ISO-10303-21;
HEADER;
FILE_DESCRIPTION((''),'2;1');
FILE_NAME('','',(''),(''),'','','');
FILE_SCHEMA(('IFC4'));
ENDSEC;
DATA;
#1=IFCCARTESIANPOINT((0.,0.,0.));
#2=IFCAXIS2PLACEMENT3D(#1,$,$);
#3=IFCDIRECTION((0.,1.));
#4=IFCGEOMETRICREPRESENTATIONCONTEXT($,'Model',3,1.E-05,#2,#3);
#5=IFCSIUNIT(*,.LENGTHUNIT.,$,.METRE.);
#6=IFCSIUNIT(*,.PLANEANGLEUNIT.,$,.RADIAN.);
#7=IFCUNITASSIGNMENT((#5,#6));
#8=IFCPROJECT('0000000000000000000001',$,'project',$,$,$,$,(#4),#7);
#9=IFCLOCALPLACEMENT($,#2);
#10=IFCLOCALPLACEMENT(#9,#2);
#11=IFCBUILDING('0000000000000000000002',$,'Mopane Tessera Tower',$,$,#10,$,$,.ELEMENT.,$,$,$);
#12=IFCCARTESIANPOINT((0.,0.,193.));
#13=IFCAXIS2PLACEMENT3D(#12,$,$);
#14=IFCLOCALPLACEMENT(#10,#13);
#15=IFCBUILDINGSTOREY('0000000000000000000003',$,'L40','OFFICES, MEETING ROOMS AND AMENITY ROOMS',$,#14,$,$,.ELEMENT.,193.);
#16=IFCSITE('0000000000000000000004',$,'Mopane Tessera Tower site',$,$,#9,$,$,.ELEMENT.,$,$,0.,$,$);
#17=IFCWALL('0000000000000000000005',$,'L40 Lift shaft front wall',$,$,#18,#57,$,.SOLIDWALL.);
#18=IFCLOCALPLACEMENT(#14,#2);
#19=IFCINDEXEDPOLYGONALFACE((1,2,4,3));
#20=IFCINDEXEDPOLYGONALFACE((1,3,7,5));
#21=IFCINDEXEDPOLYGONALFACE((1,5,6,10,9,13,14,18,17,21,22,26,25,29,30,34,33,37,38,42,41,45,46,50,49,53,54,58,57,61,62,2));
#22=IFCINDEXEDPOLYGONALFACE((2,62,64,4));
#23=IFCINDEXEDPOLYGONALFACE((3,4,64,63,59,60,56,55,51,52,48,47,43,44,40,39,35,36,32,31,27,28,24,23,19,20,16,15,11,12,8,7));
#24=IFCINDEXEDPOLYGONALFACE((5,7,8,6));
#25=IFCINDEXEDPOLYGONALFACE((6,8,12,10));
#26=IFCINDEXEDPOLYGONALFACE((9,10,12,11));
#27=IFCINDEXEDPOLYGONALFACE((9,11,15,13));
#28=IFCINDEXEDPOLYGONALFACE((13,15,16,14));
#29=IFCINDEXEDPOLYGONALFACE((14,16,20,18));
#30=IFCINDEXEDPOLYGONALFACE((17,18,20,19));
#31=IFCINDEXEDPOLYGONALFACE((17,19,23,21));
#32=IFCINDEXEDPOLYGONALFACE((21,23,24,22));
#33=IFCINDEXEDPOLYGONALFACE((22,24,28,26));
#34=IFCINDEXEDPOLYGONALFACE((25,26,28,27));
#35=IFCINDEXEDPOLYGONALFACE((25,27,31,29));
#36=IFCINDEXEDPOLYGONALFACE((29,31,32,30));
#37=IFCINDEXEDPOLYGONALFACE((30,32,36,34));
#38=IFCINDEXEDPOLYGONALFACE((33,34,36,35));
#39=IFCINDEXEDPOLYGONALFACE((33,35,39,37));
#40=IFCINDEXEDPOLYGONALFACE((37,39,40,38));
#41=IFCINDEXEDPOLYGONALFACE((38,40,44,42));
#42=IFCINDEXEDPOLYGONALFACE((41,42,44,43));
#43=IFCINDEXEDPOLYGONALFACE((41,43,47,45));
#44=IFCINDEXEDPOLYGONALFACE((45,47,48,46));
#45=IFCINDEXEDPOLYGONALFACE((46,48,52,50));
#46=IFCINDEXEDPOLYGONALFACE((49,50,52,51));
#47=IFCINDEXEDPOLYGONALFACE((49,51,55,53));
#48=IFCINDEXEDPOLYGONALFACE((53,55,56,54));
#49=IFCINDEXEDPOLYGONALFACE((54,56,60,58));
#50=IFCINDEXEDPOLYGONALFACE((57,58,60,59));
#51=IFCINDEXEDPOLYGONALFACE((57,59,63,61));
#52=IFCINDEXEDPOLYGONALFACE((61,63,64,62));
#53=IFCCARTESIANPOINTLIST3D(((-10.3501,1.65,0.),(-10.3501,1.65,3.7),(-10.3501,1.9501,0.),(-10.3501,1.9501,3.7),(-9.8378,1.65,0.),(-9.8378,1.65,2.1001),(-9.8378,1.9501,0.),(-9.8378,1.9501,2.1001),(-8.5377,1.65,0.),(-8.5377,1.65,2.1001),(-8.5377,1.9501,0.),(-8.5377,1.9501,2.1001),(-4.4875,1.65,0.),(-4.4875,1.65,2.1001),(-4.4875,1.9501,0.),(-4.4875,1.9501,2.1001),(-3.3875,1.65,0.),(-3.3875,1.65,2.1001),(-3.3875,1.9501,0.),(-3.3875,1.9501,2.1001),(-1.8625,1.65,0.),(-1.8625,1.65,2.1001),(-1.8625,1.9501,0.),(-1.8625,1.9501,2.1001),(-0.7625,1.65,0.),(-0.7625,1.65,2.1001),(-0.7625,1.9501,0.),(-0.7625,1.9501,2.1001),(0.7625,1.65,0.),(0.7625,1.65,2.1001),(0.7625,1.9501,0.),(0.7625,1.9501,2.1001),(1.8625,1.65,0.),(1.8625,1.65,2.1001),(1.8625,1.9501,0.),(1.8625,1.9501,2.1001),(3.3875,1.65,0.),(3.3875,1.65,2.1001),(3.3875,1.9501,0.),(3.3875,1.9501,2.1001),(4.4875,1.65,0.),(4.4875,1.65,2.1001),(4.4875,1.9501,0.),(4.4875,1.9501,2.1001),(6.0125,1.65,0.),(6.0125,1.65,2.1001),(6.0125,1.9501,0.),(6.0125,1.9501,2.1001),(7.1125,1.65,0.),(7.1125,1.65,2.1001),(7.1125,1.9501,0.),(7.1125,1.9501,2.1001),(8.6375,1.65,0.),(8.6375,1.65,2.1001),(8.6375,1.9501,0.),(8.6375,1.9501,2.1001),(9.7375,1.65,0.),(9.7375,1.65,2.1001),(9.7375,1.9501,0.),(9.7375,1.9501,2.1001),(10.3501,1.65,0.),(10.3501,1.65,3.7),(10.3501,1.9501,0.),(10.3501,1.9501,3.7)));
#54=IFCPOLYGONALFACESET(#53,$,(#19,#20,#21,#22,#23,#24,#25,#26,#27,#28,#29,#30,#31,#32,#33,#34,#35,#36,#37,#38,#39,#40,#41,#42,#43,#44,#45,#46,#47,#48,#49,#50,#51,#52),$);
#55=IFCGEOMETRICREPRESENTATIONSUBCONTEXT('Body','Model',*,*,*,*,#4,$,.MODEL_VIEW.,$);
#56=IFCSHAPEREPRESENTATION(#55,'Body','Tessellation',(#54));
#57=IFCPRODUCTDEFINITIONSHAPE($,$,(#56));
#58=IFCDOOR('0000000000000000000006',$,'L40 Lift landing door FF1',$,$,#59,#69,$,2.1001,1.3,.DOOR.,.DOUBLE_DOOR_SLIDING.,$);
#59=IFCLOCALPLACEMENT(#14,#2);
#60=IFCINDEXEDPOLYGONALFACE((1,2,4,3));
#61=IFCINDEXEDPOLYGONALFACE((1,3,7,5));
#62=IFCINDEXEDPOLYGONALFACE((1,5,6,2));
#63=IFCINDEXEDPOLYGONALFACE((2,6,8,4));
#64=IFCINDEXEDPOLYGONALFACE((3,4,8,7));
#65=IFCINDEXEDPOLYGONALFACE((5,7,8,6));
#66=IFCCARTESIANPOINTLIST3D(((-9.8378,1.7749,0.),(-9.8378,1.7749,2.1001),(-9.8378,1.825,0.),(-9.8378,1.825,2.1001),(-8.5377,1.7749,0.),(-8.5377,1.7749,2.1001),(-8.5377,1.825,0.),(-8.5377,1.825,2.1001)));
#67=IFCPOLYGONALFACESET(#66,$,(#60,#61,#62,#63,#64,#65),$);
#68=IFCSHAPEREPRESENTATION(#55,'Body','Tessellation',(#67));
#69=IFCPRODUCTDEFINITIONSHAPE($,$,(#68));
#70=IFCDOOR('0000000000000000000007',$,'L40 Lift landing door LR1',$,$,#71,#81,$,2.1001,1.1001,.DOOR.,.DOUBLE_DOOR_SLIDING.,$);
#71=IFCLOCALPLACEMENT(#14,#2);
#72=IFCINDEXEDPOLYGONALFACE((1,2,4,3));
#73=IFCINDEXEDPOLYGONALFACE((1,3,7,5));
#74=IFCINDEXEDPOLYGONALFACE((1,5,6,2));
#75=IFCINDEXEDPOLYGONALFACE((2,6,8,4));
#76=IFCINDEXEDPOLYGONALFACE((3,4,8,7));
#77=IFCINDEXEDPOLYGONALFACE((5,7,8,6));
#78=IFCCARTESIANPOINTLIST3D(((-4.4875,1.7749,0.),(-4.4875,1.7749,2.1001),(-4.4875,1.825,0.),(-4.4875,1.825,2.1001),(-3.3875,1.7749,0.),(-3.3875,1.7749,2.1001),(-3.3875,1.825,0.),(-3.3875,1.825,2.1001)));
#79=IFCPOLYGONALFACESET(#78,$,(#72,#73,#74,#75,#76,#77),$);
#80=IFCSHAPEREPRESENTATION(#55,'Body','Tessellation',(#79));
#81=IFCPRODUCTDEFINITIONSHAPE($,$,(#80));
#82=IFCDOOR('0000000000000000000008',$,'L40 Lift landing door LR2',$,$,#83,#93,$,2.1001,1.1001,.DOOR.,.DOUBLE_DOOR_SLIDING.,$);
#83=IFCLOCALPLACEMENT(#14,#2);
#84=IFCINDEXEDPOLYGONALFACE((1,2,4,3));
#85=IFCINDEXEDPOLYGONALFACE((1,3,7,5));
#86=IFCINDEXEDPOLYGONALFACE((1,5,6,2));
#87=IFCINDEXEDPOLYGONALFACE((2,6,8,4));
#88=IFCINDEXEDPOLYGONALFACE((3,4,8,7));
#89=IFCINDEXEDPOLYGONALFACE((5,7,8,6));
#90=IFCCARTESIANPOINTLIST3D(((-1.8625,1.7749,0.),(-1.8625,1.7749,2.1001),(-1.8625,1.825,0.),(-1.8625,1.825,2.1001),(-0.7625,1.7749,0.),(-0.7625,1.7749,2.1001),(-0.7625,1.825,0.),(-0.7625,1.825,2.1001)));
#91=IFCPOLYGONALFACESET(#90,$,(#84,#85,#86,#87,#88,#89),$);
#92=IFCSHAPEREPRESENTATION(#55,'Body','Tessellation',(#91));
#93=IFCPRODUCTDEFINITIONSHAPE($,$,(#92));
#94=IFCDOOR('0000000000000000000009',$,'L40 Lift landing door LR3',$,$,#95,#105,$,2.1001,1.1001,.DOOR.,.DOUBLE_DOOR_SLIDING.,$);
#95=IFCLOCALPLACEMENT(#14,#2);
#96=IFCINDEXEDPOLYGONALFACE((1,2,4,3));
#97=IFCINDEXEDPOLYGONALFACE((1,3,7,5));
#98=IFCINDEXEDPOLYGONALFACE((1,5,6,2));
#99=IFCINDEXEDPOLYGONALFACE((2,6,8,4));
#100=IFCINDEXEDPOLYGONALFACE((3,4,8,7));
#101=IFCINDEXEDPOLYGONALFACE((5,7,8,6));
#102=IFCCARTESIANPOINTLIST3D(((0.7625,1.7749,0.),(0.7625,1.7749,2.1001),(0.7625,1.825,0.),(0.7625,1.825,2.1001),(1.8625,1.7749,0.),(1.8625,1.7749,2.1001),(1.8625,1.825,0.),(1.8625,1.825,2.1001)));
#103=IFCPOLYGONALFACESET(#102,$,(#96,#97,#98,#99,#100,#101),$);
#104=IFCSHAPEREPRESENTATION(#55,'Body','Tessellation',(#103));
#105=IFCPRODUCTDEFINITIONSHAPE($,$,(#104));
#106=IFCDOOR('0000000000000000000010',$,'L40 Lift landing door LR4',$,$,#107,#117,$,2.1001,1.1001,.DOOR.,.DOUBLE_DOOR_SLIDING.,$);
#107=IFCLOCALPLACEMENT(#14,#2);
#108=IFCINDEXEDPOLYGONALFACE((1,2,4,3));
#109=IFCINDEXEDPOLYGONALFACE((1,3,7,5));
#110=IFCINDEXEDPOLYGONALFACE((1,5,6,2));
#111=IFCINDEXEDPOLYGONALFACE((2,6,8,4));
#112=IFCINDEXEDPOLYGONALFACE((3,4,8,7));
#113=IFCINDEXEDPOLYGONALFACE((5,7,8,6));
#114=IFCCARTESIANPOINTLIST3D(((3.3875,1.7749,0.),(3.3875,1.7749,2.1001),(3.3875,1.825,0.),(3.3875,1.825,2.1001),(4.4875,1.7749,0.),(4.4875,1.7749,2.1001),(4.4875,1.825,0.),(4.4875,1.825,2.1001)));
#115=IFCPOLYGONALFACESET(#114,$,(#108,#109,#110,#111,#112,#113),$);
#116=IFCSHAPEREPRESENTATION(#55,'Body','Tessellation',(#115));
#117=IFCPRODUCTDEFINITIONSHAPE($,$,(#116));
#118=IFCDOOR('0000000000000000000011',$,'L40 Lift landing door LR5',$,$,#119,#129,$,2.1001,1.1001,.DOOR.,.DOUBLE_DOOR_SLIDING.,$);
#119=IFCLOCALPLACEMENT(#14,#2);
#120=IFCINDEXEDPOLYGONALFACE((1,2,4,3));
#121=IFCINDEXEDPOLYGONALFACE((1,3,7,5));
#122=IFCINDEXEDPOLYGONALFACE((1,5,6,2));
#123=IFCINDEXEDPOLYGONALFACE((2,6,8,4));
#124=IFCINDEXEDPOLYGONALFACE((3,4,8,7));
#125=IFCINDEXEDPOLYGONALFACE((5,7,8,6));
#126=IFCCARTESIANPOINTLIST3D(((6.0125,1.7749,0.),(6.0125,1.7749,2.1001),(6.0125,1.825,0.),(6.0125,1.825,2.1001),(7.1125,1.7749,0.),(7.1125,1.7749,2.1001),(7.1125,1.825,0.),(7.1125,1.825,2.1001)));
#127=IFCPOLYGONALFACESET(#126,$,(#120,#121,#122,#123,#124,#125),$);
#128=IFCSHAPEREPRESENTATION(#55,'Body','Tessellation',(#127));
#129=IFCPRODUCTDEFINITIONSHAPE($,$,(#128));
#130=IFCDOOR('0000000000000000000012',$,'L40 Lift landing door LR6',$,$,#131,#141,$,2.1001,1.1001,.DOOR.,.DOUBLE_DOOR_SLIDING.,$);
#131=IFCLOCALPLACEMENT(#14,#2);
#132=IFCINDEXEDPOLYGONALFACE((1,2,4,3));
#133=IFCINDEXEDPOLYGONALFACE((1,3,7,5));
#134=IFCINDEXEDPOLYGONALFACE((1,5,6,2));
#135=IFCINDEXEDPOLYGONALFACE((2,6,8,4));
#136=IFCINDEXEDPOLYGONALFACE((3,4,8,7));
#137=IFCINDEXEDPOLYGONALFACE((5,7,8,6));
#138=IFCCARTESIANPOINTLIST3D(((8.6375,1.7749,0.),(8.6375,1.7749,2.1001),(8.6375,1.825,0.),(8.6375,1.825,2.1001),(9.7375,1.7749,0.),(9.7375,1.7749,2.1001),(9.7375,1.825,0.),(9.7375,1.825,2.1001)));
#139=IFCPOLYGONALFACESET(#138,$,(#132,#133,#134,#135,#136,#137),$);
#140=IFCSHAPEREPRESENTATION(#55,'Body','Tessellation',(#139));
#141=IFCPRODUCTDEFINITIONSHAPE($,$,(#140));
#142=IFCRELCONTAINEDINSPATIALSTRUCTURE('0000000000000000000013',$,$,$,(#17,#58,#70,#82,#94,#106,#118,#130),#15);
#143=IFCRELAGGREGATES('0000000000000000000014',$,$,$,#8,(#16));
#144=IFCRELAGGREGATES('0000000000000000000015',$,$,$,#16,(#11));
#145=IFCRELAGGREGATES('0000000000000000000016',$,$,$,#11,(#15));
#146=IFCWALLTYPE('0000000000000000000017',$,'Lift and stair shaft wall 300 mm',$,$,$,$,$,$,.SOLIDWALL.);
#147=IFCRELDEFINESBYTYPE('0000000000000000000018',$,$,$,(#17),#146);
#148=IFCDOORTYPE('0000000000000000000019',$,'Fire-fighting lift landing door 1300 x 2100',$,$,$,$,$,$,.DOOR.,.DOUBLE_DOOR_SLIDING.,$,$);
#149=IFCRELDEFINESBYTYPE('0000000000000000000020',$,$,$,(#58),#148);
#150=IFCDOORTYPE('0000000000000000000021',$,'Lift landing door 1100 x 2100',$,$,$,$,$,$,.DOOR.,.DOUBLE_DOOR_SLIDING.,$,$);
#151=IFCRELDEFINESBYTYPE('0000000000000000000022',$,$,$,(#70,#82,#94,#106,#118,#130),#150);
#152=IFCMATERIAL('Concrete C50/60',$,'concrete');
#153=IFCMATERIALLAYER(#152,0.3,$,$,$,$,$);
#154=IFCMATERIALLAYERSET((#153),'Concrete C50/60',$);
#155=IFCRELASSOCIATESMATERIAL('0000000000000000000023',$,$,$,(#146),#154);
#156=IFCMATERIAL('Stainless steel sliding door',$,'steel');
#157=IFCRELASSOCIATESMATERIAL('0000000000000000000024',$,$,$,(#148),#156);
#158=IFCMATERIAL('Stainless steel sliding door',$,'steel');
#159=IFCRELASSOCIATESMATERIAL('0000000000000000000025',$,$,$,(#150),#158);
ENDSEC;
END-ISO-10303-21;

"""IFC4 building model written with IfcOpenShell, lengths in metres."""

from ifc_helpers import new_model, si_unit, direction, frame, frame_2d, origin, place, context, subcontext, project, spatial, rectangle, extrude, material, layer, layer_set, type_object, element, fill, save


model = new_model("IFC4")

# Units and contexts
model_context = context("Model", 3, precision=1e-05, world=origin(), true_north=direction((0.0, 1.0)))
body_context = subcontext(model_context, "Body", "Model", "MODEL_VIEW")
ifc_project = project(units=[si_unit("LENGTHUNIT", "METRE"), si_unit("PLANEANGLEUNIT", "RADIAN")], contexts=[model_context])

# Site, building, storey
site_placement = place(None, origin())
site = spatial("IfcSite", under=ifc_project, at=site_placement, Name="Mopane Tessera Tower site", CompositionType="ELEMENT", RefElevation=0.0)
building_placement = place(site_placement, origin())
building = spatial("IfcBuilding", under=site, at=building_placement, Name="Mopane Tessera Tower", CompositionType="ELEMENT")
storey_placement = place(building_placement, frame((0.0, 0.0, 193.0)))
storey = spatial("IfcBuildingStorey", under=building, at=storey_placement, Name="L40", Description="OFFICES, MEETING ROOMS AND AMENITY ROOMS", CompositionType="ELEMENT", Elevation=193.0)

# Shared definitions
ifc_material_1 = material(Name="Concrete C50/60", Category="concrete")
ifc_layer_1 = layer(ifc_material_1, 0.3)
ifc_layer_set_1 = layer_set([ifc_layer_1], Name="Concrete C50/60")
wall_type_1 = type_object("IfcWallType", Name="Lift and stair shaft wall 300 mm", PredefinedType="SOLIDWALL", material=ifc_layer_set_1)

# Wall, openings, doors
wall_1_placement = place(storey_placement, frame((-10.3501, 1.8, 0.0), z_axis=(0.0, 0.0, 1.0), x_axis=(1.0, 0.0, 0.0)))
wall_1 = element("IfcWall", 1, at=wall_1_placement, inside=storey, type_object=wall_type_1, Name="L40 Lift shaft front wall", PredefinedType="SOLIDWALL", context=body_context, shape_type="SweptSolid", body=[
    extrude(rectangle(XDim=20.7002, YDim=0.3, at=frame_2d((10.3501, 0.0))), origin(), (0.0, 0.0, 1.0), 3.7),
])
opening_1_placement = place(wall_1_placement, frame((0.5125, 0.0, 0.0)))
opening_1 = element("IfcOpeningElement", 2, at=opening_1_placement, cuts=wall_1, PredefinedType="OPENING", context=body_context, shape_type="SweptSolid", body=[
    extrude(rectangle(XDim=1.3, YDim=2.1001, at=frame_2d((0.6499, 1.05))), frame((0.0, 0.1621, 0.0), z_axis=(0.0, -1.0, 0.0), x_axis=(1.0, 0.0, 0.0)), (0.0, 0.0, 1.0), 0.324),
])
opening_2_placement = place(wall_1_placement, frame((5.8625, 0.0, 0.0)))
opening_2 = element("IfcOpeningElement", 3, at=opening_2_placement, cuts=wall_1, PredefinedType="OPENING", context=body_context, shape_type="SweptSolid", body=[
    extrude(rectangle(XDim=1.1001, YDim=2.1001, at=frame_2d((0.55, 1.05))), frame((0.0, 0.1621, 0.0), z_axis=(0.0, -1.0, 0.0), x_axis=(1.0, 0.0, 0.0)), (0.0, 0.0, 1.0), 0.324),
])
opening_3_placement = place(wall_1_placement, frame((8.4875, 0.0, 0.0)))
opening_3 = element("IfcOpeningElement", 4, at=opening_3_placement, cuts=wall_1, PredefinedType="OPENING", context=body_context, shape_type="SweptSolid", body=[
    extrude(rectangle(XDim=1.1001, YDim=2.1001, at=frame_2d((0.55, 1.05))), frame((0.0, 0.1621, 0.0), z_axis=(0.0, -1.0, 0.0), x_axis=(1.0, 0.0, 0.0)), (0.0, 0.0, 1.0), 0.324),
])
opening_4_placement = place(wall_1_placement, frame((11.1125, 0.0, 0.0)))
opening_4 = element("IfcOpeningElement", 5, at=opening_4_placement, cuts=wall_1, PredefinedType="OPENING", context=body_context, shape_type="SweptSolid", body=[
    extrude(rectangle(XDim=1.1001, YDim=2.1001, at=frame_2d((0.55, 1.05))), frame((0.0, 0.1621, 0.0), z_axis=(0.0, -1.0, 0.0), x_axis=(1.0, 0.0, 0.0)), (0.0, 0.0, 1.0), 0.324),
])
opening_5_placement = place(wall_1_placement, frame((13.7375, 0.0, 0.0)))
opening_5 = element("IfcOpeningElement", 6, at=opening_5_placement, cuts=wall_1, PredefinedType="OPENING", context=body_context, shape_type="SweptSolid", body=[
    extrude(rectangle(XDim=1.1001, YDim=2.1001, at=frame_2d((0.55, 1.05))), frame((0.0, 0.1621, 0.0), z_axis=(0.0, -1.0, 0.0), x_axis=(1.0, 0.0, 0.0)), (0.0, 0.0, 1.0), 0.324),
])
opening_6_placement = place(wall_1_placement, frame((16.3625, 0.0, 0.0)))
opening_6 = element("IfcOpeningElement", 7, at=opening_6_placement, cuts=wall_1, PredefinedType="OPENING", context=body_context, shape_type="SweptSolid", body=[
    extrude(rectangle(XDim=1.1001, YDim=2.1001, at=frame_2d((0.55, 1.05))), frame((0.0, 0.1621, 0.0), z_axis=(0.0, -1.0, 0.0), x_axis=(1.0, 0.0, 0.0)), (0.0, 0.0, 1.0), 0.324),
])
opening_7_placement = place(wall_1_placement, frame((18.9875, 0.0, 0.0)))
opening_7 = element("IfcOpeningElement", 8, at=opening_7_placement, cuts=wall_1, PredefinedType="OPENING", context=body_context, shape_type="SweptSolid", body=[
    extrude(rectangle(XDim=1.1001, YDim=2.1001, at=frame_2d((0.55, 1.05))), frame((0.0, 0.1621, 0.0), z_axis=(0.0, -1.0, 0.0), x_axis=(1.0, 0.0, 0.0)), (0.0, 0.0, 1.0), 0.324),
])
ifc_material_2 = material(Name="Stainless steel sliding door", Category="steel")
door_type_1 = type_object("IfcDoorType", Name="Fire-fighting lift landing door 1300 x 2100", OperationType="DOUBLE_DOOR_SLIDING", PredefinedType="DOOR", material=ifc_material_2)
door_1_placement = place(opening_1_placement, origin())
door_1 = element("IfcDoor", 9, at=door_1_placement, inside=storey, type_object=door_type_1, Name="L40 Lift landing door FF1", OperationType="DOUBLE_DOOR_SLIDING", OverallHeight=2.1001, OverallWidth=1.3, PredefinedType="DOOR", context=body_context, shape_type="SweptSolid", body=[
    extrude(rectangle(XDim=1.3, YDim=2.1001, at=frame_2d((0.6499, 1.05))), frame((0.0, 0.0249, 0.0), z_axis=(0.0, -1.0, 0.0), x_axis=(1.0, 0.0, 0.0)), (0.0, 0.0, 1.0), 0.05),
])
fill(opening_1, door_1)
ifc_material_3 = material(Name="Stainless steel sliding door", Category="steel")
door_type_2 = type_object("IfcDoorType", Name="Lift landing door 1100 x 2100", OperationType="DOUBLE_DOOR_SLIDING", PredefinedType="DOOR", material=ifc_material_3)
door_2_placement = place(opening_2_placement, origin())
door_2 = element("IfcDoor", 10, at=door_2_placement, inside=storey, type_object=door_type_2, Name="L40 Lift landing door LR1", OperationType="DOUBLE_DOOR_SLIDING", OverallHeight=2.1001, OverallWidth=1.1001, PredefinedType="DOOR", context=body_context, shape_type="SweptSolid", body=[
    extrude(rectangle(XDim=1.1001, YDim=2.1001, at=frame_2d((0.55, 1.05))), frame((0.0, 0.0249, 0.0), z_axis=(0.0, -1.0, 0.0), x_axis=(1.0, 0.0, 0.0)), (0.0, 0.0, 1.0), 0.05),
])
fill(opening_2, door_2)
door_3_placement = place(opening_3_placement, origin())
door_3 = element("IfcDoor", 11, at=door_3_placement, inside=storey, type_object=door_type_2, Name="L40 Lift landing door LR2", OperationType="DOUBLE_DOOR_SLIDING", OverallHeight=2.1001, OverallWidth=1.1001, PredefinedType="DOOR", context=body_context, shape_type="SweptSolid", body=[
    extrude(rectangle(XDim=1.1001, YDim=2.1001, at=frame_2d((0.55, 1.05))), frame((0.0, 0.0249, 0.0), z_axis=(0.0, -1.0, 0.0), x_axis=(1.0, 0.0, 0.0)), (0.0, 0.0, 1.0), 0.05),
])
fill(opening_3, door_3)
door_4_placement = place(opening_4_placement, origin())
door_4 = element("IfcDoor", 12, at=door_4_placement, inside=storey, type_object=door_type_2, Name="L40 Lift landing door LR3", OperationType="DOUBLE_DOOR_SLIDING", OverallHeight=2.1001, OverallWidth=1.1001, PredefinedType="DOOR", context=body_context, shape_type="SweptSolid", body=[
    extrude(rectangle(XDim=1.1001, YDim=2.1001, at=frame_2d((0.55, 1.05))), frame((0.0, 0.0249, 0.0), z_axis=(0.0, -1.0, 0.0), x_axis=(1.0, 0.0, 0.0)), (0.0, 0.0, 1.0), 0.05),
])
fill(opening_4, door_4)
door_5_placement = place(opening_5_placement, origin())
door_5 = element("IfcDoor", 13, at=door_5_placement, inside=storey, type_object=door_type_2, Name="L40 Lift landing door LR4", OperationType="DOUBLE_DOOR_SLIDING", OverallHeight=2.1001, OverallWidth=1.1001, PredefinedType="DOOR", context=body_context, shape_type="SweptSolid", body=[
    extrude(rectangle(XDim=1.1001, YDim=2.1001, at=frame_2d((0.55, 1.05))), frame((0.0, 0.0249, 0.0), z_axis=(0.0, -1.0, 0.0), x_axis=(1.0, 0.0, 0.0)), (0.0, 0.0, 1.0), 0.05),
])
fill(opening_5, door_5)
door_6_placement = place(opening_6_placement, origin())
door_6 = element("IfcDoor", 14, at=door_6_placement, inside=storey, type_object=door_type_2, Name="L40 Lift landing door LR5", OperationType="DOUBLE_DOOR_SLIDING", OverallHeight=2.1001, OverallWidth=1.1001, PredefinedType="DOOR", context=body_context, shape_type="SweptSolid", body=[
    extrude(rectangle(XDim=1.1001, YDim=2.1001, at=frame_2d((0.55, 1.05))), frame((0.0, 0.0249, 0.0), z_axis=(0.0, -1.0, 0.0), x_axis=(1.0, 0.0, 0.0)), (0.0, 0.0, 1.0), 0.05),
])
fill(opening_6, door_6)
door_7_placement = place(opening_7_placement, origin())
door_7 = element("IfcDoor", 15, at=door_7_placement, inside=storey, type_object=door_type_2, Name="L40 Lift landing door LR6", OperationType="DOUBLE_DOOR_SLIDING", OverallHeight=2.1001, OverallWidth=1.1001, PredefinedType="DOOR", context=body_context, shape_type="SweptSolid", body=[
    extrude(rectangle(XDim=1.1001, YDim=2.1001, at=frame_2d((0.55, 1.05))), frame((0.0, 0.0249, 0.0), z_axis=(0.0, -1.0, 0.0), x_axis=(1.0, 0.0, 0.0)), (0.0, 0.0, 1.0), 0.05),
])
fill(opening_7, door_7)

save(model, "model.ifc")
